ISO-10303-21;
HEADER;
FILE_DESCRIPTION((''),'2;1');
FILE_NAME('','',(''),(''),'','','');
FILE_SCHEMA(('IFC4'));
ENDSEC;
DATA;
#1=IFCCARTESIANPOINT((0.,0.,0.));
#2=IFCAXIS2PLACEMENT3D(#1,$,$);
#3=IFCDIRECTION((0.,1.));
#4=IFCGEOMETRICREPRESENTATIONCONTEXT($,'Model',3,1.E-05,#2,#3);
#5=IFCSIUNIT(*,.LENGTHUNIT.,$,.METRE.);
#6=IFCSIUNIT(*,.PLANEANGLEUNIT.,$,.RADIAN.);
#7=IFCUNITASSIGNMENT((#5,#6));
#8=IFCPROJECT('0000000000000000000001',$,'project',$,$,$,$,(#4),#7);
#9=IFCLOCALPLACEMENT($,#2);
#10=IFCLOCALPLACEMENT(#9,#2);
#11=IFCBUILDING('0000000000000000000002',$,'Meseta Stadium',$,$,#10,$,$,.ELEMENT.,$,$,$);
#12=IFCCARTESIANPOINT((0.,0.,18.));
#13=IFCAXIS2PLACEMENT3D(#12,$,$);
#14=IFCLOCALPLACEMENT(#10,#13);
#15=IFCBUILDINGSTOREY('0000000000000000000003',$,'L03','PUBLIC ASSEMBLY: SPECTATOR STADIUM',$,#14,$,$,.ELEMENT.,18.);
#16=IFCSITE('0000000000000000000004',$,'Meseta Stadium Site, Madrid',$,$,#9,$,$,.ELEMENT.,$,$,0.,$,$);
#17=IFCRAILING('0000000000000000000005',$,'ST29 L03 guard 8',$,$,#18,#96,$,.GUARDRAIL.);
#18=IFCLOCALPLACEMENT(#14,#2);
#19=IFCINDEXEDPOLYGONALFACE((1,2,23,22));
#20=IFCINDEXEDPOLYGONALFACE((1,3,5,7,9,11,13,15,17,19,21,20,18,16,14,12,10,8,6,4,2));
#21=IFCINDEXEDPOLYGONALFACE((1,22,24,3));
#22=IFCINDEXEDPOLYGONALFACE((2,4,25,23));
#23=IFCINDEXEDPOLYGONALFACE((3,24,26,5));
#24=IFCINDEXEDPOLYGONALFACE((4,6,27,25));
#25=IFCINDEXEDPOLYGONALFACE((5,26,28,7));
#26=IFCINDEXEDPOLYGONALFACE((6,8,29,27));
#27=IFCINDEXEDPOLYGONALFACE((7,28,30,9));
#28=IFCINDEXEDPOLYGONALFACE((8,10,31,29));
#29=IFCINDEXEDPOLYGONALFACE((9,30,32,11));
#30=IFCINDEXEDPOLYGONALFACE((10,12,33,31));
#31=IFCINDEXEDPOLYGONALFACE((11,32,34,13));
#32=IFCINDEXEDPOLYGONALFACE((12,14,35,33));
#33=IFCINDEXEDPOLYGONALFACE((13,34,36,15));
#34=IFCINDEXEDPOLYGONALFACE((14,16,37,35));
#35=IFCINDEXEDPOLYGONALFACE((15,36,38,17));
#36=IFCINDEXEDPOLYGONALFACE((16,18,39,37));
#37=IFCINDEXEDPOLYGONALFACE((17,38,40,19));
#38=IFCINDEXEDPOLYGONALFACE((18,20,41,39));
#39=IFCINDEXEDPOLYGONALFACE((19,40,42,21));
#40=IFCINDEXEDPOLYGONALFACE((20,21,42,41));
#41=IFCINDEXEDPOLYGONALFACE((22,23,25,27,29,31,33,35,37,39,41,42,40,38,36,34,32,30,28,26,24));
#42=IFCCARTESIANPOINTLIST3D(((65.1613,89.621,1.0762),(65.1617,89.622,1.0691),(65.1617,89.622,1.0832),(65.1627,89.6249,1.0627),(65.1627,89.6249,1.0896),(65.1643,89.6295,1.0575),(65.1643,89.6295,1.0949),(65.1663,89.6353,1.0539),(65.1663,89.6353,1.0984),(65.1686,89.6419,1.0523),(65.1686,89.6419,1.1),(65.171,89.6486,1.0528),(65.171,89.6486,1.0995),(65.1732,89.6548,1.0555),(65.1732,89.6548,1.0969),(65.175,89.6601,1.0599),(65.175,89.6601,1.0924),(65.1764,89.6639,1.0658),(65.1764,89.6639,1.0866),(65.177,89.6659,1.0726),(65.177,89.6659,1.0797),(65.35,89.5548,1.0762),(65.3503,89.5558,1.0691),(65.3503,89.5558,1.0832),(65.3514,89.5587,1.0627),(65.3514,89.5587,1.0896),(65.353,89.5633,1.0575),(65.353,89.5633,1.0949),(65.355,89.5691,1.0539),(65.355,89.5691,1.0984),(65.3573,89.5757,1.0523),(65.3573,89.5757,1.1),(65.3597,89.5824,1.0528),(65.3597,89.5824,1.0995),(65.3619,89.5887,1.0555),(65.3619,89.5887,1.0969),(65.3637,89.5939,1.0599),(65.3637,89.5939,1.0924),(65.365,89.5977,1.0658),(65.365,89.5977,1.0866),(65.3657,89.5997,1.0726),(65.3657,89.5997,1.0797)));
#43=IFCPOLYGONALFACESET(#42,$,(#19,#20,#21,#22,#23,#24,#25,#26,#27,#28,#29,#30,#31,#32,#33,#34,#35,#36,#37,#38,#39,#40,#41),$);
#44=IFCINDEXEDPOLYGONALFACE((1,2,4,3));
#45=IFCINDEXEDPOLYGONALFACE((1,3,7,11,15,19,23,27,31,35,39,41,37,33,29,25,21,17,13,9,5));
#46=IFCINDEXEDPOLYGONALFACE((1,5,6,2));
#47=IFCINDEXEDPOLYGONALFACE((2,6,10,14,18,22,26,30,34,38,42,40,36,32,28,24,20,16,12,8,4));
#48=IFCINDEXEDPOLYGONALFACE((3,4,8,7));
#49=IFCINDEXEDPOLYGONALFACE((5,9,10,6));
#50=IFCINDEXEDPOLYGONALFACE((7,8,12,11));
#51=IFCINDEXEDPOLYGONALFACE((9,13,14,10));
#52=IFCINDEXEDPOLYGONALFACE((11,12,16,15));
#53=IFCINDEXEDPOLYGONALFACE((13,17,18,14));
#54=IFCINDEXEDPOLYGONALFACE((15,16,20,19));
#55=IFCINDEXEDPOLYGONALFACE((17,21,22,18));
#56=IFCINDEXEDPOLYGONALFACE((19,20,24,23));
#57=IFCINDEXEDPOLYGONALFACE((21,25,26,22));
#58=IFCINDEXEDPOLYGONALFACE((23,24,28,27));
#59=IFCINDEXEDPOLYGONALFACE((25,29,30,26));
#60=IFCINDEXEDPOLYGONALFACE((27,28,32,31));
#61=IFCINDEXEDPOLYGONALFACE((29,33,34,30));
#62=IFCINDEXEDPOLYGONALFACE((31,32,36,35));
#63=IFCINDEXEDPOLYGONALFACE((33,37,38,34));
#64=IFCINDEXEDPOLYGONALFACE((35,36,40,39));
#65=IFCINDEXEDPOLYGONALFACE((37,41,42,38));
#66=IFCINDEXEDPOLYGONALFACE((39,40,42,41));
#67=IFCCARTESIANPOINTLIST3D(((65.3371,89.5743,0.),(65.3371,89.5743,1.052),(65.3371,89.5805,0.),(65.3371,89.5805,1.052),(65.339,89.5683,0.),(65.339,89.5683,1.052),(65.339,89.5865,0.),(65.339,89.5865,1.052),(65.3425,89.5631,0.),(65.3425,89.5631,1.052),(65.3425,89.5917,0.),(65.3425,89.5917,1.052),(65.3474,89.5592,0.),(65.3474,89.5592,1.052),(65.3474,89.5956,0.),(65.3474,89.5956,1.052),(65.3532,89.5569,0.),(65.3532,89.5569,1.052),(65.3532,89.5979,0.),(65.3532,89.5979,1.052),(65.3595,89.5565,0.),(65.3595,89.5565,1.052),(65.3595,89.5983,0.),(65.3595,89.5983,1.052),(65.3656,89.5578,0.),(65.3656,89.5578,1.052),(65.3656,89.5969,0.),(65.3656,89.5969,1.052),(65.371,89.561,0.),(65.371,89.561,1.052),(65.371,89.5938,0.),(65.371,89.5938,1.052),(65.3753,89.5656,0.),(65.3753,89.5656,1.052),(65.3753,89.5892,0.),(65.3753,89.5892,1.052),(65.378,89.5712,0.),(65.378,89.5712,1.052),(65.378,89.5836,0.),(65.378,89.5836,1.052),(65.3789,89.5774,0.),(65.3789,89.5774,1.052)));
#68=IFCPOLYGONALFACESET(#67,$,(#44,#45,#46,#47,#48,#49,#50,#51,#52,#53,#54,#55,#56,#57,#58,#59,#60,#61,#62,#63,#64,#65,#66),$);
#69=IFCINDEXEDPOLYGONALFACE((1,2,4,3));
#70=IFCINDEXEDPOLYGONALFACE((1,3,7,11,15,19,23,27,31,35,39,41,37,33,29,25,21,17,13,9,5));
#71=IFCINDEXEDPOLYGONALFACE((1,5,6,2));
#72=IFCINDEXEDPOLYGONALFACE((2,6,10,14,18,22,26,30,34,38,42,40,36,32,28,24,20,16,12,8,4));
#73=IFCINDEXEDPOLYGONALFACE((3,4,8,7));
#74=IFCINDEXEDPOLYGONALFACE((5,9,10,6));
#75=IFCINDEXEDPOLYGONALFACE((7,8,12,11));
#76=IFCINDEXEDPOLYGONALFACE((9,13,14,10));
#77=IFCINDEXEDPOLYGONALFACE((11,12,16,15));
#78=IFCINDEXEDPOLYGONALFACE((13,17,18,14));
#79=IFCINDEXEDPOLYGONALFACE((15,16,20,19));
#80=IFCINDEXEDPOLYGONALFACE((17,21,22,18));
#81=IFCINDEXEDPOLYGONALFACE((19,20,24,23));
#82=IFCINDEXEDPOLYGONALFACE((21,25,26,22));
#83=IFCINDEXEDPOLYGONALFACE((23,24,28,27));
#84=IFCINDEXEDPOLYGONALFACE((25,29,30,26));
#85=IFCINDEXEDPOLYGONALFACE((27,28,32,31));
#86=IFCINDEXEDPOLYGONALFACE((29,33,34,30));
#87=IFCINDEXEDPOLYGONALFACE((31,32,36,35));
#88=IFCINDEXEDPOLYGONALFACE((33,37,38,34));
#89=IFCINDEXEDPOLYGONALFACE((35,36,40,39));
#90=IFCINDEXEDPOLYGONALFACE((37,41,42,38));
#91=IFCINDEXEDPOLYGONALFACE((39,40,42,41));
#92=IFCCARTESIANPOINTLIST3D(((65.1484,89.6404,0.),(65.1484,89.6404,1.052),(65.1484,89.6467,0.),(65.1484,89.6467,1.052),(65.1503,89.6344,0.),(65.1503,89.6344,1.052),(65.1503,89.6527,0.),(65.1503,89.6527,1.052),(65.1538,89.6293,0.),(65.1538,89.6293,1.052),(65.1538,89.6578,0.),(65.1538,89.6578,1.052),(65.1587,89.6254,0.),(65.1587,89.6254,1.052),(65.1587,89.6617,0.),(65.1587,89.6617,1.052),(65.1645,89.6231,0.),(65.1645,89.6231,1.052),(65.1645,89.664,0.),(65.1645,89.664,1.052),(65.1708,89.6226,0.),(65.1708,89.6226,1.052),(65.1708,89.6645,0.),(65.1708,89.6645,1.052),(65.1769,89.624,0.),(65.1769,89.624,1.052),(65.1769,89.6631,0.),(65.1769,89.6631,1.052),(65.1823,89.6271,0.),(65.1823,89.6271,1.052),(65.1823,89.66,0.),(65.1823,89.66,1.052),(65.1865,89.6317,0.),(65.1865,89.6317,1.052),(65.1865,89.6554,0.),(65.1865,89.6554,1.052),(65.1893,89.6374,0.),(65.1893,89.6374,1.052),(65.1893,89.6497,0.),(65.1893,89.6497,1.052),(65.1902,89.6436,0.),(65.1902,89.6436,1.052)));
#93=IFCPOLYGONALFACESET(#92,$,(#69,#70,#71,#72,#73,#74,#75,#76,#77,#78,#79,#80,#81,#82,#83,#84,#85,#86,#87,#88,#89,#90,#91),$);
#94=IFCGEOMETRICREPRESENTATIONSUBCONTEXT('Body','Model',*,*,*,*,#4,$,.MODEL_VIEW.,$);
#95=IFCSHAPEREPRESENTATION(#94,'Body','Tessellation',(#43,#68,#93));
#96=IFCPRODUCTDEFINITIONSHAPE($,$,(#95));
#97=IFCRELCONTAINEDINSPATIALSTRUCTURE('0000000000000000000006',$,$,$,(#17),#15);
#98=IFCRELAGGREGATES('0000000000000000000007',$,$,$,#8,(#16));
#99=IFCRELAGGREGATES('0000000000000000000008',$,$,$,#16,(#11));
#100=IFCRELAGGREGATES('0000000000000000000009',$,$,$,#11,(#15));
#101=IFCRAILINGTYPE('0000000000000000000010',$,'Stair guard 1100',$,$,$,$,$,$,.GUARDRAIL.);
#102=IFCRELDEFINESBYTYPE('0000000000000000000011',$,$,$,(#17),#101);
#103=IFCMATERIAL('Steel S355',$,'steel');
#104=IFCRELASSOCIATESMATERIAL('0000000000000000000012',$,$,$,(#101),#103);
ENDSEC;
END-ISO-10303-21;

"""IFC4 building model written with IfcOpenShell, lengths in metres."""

from ifc_helpers import new_model, si_unit, direction, frame, origin, origin_2d, place, context, subcontext, project, spatial, circle, extrude, material, type_object, element, save


model = new_model("IFC4")

# Units and contexts
model_context = context("Model", 3, precision=1e-05, world=origin(), true_north=direction((0.0, 1.0)))
body_context = subcontext(model_context, "Body", "Model", "MODEL_VIEW")
ifc_project = project(units=[si_unit("LENGTHUNIT", "METRE"), si_unit("PLANEANGLEUNIT", "RADIAN")], contexts=[model_context])

# Site, building, storey
site_placement = place(None, origin())
site = spatial("IfcSite", under=ifc_project, at=site_placement, Name="Meseta Stadium Site, Madrid", CompositionType="ELEMENT", RefElevation=0.0)
building_placement = place(site_placement, origin())
building = spatial("IfcBuilding", under=site, at=building_placement, Name="Meseta Stadium", CompositionType="ELEMENT")
storey_placement = place(building_placement, frame((0.0, 0.0, 18.0)))
storey = spatial("IfcBuildingStorey", under=building, at=storey_placement, Name="L03", Description="PUBLIC ASSEMBLY: SPECTATOR STADIUM", CompositionType="ELEMENT", Elevation=18.0)

# Railing
ifc_material_1 = material(Name="Steel S355", Category="steel")
railing_type_1 = type_object("IfcRailingType", Name="Stair guard 1100", PredefinedType="GUARDRAIL", material=ifc_material_1)
railing_1_placement = place(storey_placement, frame((65.3579, 89.5774, 0.0)))
element("IfcRailing", 1, at=railing_1_placement, inside=storey, type_object=railing_type_1, Name="ST29 L03 guard 8", PredefinedType="GUARDRAIL", context=body_context, shape_type="SweptSolid", body=[
    extrude(circle(Radius=0.0239, at=origin_2d()), frame((0.0, 0.0, 1.0762), z_axis=(-0.943687, 0.33084, 0.0), x_axis=(-0.33084, -0.943687, 0.0)), (0.0, 0.0, 1.0), 0.2),
    extrude(circle(Radius=0.021, at=origin_2d()), origin(), (0.0, 0.0, 1.0), 1.052),
    extrude(circle(Radius=0.021, at=origin_2d()), frame((-0.1887, 0.0662, 0.0)), (0.0, 0.0, 1.0), 1.052),
])

save(model, "model.ifc")
